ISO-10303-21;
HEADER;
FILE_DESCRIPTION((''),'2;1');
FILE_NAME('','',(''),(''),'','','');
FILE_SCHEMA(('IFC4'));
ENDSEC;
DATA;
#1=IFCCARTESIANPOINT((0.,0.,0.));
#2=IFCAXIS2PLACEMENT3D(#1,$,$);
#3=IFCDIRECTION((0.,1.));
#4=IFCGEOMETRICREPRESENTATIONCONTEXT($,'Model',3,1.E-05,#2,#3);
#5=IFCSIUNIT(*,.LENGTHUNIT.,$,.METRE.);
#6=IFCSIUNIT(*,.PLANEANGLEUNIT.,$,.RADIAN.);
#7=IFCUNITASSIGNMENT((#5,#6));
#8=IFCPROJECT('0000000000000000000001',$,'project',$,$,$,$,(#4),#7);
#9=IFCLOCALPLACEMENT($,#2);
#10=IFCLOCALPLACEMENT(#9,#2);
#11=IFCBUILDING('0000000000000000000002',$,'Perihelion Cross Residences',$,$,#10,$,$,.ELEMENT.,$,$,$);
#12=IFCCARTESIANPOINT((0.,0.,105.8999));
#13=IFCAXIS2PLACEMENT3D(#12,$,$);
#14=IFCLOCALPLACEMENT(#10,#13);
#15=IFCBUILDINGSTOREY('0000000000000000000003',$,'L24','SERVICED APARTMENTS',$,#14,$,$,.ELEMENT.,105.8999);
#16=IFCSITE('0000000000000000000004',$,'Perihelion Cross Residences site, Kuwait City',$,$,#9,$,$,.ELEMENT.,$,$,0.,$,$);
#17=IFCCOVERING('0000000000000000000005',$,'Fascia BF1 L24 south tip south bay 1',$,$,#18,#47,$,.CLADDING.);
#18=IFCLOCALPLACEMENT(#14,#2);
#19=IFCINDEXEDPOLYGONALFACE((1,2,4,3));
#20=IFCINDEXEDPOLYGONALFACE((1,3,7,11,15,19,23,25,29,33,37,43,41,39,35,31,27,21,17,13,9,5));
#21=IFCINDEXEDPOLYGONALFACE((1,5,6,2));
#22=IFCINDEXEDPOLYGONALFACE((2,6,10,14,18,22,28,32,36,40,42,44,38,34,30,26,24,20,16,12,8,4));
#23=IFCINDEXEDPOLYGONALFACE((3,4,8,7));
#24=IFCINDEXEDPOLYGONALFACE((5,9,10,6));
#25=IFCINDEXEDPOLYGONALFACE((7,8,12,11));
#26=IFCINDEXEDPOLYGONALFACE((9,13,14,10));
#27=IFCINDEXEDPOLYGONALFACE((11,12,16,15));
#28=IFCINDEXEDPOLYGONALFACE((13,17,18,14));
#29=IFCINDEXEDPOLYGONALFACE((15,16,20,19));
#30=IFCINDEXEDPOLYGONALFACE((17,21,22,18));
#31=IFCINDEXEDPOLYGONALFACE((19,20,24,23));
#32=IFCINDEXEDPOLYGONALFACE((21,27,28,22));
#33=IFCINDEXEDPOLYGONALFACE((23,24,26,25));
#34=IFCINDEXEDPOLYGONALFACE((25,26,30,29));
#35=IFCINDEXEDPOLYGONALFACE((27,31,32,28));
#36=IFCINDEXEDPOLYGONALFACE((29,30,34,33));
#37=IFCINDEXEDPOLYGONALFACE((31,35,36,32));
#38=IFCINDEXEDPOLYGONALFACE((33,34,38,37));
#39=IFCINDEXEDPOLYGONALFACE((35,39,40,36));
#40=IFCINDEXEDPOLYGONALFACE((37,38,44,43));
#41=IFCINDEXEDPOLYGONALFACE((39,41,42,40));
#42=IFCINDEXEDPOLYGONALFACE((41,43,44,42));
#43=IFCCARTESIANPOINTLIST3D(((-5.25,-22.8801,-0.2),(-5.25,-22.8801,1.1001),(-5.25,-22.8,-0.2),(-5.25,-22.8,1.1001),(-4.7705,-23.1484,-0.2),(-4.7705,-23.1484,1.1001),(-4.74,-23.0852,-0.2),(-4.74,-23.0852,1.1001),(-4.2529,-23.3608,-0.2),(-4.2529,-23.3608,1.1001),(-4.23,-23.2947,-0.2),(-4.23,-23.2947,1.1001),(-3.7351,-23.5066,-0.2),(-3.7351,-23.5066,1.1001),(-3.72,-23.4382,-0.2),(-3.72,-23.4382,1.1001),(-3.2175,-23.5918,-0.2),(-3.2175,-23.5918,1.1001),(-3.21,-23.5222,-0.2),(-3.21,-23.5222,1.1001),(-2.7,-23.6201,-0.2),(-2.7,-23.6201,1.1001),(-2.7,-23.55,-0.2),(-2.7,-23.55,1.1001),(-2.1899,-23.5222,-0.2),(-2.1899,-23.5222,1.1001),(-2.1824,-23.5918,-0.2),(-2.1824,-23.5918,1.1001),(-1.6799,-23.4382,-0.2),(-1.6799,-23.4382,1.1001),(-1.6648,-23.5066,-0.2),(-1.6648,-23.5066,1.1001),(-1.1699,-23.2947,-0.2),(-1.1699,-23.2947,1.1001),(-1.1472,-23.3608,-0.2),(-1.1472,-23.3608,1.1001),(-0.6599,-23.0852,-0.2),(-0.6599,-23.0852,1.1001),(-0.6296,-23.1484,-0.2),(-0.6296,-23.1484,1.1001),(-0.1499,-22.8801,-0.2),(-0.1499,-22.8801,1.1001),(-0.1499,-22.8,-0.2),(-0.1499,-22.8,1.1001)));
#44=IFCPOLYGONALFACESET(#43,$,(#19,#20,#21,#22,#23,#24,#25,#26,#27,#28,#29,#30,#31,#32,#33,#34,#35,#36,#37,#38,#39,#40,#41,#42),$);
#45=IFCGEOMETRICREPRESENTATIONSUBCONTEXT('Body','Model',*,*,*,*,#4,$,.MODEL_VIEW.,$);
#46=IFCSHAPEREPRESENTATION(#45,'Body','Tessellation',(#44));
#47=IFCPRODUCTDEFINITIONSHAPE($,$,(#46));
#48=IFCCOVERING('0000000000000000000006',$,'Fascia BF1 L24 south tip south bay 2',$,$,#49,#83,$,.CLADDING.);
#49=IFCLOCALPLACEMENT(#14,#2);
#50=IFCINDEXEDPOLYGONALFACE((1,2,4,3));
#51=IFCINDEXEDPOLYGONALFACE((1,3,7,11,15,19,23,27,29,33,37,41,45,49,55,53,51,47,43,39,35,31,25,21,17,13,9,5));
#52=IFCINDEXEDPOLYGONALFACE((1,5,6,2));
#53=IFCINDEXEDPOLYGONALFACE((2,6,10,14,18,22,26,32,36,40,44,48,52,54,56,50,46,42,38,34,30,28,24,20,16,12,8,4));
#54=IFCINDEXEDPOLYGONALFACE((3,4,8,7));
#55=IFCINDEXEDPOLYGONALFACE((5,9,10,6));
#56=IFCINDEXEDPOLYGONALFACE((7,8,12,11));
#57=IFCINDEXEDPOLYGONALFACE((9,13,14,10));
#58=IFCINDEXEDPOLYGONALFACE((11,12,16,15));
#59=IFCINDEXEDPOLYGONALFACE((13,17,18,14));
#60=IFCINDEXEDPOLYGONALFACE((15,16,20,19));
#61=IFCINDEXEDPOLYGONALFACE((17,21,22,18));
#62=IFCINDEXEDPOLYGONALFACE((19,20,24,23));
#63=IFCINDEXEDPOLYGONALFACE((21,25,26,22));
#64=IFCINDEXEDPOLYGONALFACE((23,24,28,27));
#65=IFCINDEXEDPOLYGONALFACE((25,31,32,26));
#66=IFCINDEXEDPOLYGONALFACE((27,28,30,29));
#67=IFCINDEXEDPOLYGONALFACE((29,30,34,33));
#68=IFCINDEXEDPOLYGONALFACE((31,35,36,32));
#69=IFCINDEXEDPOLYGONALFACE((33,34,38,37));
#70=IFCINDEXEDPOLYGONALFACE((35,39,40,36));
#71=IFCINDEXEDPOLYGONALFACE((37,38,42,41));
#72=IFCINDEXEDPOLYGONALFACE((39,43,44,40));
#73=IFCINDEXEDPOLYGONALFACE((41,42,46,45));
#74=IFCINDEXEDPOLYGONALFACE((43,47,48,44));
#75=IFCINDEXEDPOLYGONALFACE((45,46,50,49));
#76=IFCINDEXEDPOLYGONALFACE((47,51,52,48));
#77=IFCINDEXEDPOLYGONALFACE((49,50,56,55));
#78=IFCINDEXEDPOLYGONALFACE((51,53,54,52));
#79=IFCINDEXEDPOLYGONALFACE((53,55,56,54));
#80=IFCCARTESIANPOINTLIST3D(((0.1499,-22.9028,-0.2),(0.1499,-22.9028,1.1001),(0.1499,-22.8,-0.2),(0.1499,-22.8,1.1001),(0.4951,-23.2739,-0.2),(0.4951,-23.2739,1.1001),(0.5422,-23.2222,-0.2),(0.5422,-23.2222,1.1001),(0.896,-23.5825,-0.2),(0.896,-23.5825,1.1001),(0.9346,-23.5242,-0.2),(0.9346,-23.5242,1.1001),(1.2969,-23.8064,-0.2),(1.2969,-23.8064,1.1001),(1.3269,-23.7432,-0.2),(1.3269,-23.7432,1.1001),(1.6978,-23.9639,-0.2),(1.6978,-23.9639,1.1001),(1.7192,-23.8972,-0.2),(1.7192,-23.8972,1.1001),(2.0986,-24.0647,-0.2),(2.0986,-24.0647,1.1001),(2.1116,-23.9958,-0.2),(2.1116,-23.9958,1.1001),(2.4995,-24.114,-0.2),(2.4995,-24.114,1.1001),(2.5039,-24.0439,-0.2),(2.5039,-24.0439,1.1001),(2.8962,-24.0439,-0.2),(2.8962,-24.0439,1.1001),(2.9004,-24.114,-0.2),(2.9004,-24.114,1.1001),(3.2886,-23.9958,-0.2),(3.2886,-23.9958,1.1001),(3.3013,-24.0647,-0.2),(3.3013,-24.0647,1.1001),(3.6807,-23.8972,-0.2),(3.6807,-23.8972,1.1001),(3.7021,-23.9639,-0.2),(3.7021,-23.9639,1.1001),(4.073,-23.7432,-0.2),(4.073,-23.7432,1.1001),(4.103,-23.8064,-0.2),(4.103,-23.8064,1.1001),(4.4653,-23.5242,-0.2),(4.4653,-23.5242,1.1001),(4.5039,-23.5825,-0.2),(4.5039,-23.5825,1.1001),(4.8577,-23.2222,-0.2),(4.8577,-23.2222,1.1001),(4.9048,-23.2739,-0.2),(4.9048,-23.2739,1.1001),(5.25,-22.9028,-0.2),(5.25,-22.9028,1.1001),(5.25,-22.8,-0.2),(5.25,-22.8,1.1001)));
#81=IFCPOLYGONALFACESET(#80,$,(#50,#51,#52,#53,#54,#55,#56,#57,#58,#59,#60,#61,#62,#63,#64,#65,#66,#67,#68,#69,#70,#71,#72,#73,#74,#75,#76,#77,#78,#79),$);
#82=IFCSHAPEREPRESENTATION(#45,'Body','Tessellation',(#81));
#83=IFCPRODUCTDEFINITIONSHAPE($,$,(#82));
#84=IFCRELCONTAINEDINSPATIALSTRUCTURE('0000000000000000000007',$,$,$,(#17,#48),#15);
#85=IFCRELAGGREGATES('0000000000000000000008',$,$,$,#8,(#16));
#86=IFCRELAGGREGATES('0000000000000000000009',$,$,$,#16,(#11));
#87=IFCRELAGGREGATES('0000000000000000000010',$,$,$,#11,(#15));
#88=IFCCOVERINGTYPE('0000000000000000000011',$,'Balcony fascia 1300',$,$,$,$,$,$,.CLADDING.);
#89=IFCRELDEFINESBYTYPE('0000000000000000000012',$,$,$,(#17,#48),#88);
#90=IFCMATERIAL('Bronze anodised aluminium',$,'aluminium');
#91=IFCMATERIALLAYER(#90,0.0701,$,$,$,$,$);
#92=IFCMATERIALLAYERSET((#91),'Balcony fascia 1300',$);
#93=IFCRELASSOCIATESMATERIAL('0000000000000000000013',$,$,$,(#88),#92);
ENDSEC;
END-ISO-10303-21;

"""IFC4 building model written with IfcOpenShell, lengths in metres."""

from ifc_helpers import new_model, si_unit, direction, frame, origin, place, context, subcontext, project, spatial, polyline, outline, extrude, material, layer, layer_set, type_object, element, save


model = new_model("IFC4")

# Units and contexts
model_context = context("Model", 3, precision=1e-05, world=origin(), true_north=direction((0.0, 1.0)))
body_context = subcontext(model_context, "Body", "Model", "MODEL_VIEW")
ifc_project = project(units=[si_unit("LENGTHUNIT", "METRE"), si_unit("PLANEANGLEUNIT", "RADIAN")], contexts=[model_context])

# Site, building, storey
site_placement = place(None, origin())
site = spatial("IfcSite", under=ifc_project, at=site_placement, Name="Perihelion Cross Residences site, Kuwait City", CompositionType="ELEMENT", RefElevation=0.0)
building_placement = place(site_placement, origin())
building = spatial("IfcBuilding", under=site, at=building_placement, Name="Perihelion Cross Residences", CompositionType="ELEMENT")
storey_placement = place(building_placement, frame((0.0, 0.0, 105.8999)))
storey = spatial("IfcBuildingStorey", under=building, at=storey_placement, Name="L24", Description="SERVICED APARTMENTS", CompositionType="ELEMENT", Elevation=105.8999)

# Coverings
ifc_material_1 = material(Name="Bronze anodised aluminium", Category="aluminium")
ifc_layer_1 = layer(ifc_material_1, 0.0701)
ifc_layer_set_1 = layer_set([ifc_layer_1], Name="Balcony fascia 1300")
covering_type = type_object("IfcCoveringType", Name="Balcony fascia 1300", PredefinedType="CLADDING", material=ifc_layer_set_1)
covering_1_placement = place(storey_placement, frame((0.0, 0.0, -0.2)))
element("IfcCovering", 1, at=covering_1_placement, inside=storey, type_object=covering_type, Name="Fascia BF1 L24 south tip south bay 1", PredefinedType="CLADDING", context=body_context, shape_type="SweptSolid", body=[
    extrude(outline(polyline([(-4.7705, -23.1484), (-4.2529, -23.3608), (-3.7351, -23.5066), (-3.2175, -23.5918), (-2.7, -23.6201), (-2.1824, -23.5918), (-1.6648, -23.5066), (-1.1472, -23.3608), (-0.6296, -23.1484), (-0.1499, -22.8801), (-0.1499, -22.8), (-0.6599, -23.0852), (-1.1699, -23.2947), (-1.6799, -23.4382), (-2.1899, -23.5222), (-2.7, -23.55), (-3.21, -23.5222), (-3.72, -23.4382), (-4.23, -23.2947), (-4.74, -23.0852), (-5.25, -22.8), (-5.25, -22.8801), (-4.7705, -23.1484)])), origin(), (0.0, 0.0, 1.0), 1.3),
])
covering_2_placement = place(storey_placement, frame((0.0, 0.0, -0.2)))
element("IfcCovering", 2, at=covering_2_placement, inside=storey, type_object=covering_type, Name="Fascia BF1 L24 south tip south bay 2", PredefinedType="CLADDING", context=body_context, shape_type="SweptSolid", body=[
    extrude(outline(polyline([(0.4951, -23.2739), (0.896, -23.5825), (1.2969, -23.8064), (1.6978, -23.9639), (2.0986, -24.0647), (2.4995, -24.114), (2.9004, -24.114), (3.3013, -24.0647), (3.7021, -23.9639), (4.103, -23.8064), (4.5039, -23.5825), (4.9048, -23.2739), (5.25, -22.9028), (5.25, -22.8), (4.8577, -23.2222), (4.4653, -23.5242), (4.073, -23.7432), (3.6807, -23.8972), (3.2886, -23.9958), (2.8962, -24.0439), (2.5039, -24.0439), (2.1116, -23.9958), (1.7192, -23.8972), (1.3269, -23.7432), (0.9346, -23.5242), (0.5422, -23.2222), (0.1499, -22.8), (0.1499, -22.9028), (0.4951, -23.2739)])), origin(), (0.0, 0.0, 1.0), 1.3),
])

save(model, "model.ifc")
